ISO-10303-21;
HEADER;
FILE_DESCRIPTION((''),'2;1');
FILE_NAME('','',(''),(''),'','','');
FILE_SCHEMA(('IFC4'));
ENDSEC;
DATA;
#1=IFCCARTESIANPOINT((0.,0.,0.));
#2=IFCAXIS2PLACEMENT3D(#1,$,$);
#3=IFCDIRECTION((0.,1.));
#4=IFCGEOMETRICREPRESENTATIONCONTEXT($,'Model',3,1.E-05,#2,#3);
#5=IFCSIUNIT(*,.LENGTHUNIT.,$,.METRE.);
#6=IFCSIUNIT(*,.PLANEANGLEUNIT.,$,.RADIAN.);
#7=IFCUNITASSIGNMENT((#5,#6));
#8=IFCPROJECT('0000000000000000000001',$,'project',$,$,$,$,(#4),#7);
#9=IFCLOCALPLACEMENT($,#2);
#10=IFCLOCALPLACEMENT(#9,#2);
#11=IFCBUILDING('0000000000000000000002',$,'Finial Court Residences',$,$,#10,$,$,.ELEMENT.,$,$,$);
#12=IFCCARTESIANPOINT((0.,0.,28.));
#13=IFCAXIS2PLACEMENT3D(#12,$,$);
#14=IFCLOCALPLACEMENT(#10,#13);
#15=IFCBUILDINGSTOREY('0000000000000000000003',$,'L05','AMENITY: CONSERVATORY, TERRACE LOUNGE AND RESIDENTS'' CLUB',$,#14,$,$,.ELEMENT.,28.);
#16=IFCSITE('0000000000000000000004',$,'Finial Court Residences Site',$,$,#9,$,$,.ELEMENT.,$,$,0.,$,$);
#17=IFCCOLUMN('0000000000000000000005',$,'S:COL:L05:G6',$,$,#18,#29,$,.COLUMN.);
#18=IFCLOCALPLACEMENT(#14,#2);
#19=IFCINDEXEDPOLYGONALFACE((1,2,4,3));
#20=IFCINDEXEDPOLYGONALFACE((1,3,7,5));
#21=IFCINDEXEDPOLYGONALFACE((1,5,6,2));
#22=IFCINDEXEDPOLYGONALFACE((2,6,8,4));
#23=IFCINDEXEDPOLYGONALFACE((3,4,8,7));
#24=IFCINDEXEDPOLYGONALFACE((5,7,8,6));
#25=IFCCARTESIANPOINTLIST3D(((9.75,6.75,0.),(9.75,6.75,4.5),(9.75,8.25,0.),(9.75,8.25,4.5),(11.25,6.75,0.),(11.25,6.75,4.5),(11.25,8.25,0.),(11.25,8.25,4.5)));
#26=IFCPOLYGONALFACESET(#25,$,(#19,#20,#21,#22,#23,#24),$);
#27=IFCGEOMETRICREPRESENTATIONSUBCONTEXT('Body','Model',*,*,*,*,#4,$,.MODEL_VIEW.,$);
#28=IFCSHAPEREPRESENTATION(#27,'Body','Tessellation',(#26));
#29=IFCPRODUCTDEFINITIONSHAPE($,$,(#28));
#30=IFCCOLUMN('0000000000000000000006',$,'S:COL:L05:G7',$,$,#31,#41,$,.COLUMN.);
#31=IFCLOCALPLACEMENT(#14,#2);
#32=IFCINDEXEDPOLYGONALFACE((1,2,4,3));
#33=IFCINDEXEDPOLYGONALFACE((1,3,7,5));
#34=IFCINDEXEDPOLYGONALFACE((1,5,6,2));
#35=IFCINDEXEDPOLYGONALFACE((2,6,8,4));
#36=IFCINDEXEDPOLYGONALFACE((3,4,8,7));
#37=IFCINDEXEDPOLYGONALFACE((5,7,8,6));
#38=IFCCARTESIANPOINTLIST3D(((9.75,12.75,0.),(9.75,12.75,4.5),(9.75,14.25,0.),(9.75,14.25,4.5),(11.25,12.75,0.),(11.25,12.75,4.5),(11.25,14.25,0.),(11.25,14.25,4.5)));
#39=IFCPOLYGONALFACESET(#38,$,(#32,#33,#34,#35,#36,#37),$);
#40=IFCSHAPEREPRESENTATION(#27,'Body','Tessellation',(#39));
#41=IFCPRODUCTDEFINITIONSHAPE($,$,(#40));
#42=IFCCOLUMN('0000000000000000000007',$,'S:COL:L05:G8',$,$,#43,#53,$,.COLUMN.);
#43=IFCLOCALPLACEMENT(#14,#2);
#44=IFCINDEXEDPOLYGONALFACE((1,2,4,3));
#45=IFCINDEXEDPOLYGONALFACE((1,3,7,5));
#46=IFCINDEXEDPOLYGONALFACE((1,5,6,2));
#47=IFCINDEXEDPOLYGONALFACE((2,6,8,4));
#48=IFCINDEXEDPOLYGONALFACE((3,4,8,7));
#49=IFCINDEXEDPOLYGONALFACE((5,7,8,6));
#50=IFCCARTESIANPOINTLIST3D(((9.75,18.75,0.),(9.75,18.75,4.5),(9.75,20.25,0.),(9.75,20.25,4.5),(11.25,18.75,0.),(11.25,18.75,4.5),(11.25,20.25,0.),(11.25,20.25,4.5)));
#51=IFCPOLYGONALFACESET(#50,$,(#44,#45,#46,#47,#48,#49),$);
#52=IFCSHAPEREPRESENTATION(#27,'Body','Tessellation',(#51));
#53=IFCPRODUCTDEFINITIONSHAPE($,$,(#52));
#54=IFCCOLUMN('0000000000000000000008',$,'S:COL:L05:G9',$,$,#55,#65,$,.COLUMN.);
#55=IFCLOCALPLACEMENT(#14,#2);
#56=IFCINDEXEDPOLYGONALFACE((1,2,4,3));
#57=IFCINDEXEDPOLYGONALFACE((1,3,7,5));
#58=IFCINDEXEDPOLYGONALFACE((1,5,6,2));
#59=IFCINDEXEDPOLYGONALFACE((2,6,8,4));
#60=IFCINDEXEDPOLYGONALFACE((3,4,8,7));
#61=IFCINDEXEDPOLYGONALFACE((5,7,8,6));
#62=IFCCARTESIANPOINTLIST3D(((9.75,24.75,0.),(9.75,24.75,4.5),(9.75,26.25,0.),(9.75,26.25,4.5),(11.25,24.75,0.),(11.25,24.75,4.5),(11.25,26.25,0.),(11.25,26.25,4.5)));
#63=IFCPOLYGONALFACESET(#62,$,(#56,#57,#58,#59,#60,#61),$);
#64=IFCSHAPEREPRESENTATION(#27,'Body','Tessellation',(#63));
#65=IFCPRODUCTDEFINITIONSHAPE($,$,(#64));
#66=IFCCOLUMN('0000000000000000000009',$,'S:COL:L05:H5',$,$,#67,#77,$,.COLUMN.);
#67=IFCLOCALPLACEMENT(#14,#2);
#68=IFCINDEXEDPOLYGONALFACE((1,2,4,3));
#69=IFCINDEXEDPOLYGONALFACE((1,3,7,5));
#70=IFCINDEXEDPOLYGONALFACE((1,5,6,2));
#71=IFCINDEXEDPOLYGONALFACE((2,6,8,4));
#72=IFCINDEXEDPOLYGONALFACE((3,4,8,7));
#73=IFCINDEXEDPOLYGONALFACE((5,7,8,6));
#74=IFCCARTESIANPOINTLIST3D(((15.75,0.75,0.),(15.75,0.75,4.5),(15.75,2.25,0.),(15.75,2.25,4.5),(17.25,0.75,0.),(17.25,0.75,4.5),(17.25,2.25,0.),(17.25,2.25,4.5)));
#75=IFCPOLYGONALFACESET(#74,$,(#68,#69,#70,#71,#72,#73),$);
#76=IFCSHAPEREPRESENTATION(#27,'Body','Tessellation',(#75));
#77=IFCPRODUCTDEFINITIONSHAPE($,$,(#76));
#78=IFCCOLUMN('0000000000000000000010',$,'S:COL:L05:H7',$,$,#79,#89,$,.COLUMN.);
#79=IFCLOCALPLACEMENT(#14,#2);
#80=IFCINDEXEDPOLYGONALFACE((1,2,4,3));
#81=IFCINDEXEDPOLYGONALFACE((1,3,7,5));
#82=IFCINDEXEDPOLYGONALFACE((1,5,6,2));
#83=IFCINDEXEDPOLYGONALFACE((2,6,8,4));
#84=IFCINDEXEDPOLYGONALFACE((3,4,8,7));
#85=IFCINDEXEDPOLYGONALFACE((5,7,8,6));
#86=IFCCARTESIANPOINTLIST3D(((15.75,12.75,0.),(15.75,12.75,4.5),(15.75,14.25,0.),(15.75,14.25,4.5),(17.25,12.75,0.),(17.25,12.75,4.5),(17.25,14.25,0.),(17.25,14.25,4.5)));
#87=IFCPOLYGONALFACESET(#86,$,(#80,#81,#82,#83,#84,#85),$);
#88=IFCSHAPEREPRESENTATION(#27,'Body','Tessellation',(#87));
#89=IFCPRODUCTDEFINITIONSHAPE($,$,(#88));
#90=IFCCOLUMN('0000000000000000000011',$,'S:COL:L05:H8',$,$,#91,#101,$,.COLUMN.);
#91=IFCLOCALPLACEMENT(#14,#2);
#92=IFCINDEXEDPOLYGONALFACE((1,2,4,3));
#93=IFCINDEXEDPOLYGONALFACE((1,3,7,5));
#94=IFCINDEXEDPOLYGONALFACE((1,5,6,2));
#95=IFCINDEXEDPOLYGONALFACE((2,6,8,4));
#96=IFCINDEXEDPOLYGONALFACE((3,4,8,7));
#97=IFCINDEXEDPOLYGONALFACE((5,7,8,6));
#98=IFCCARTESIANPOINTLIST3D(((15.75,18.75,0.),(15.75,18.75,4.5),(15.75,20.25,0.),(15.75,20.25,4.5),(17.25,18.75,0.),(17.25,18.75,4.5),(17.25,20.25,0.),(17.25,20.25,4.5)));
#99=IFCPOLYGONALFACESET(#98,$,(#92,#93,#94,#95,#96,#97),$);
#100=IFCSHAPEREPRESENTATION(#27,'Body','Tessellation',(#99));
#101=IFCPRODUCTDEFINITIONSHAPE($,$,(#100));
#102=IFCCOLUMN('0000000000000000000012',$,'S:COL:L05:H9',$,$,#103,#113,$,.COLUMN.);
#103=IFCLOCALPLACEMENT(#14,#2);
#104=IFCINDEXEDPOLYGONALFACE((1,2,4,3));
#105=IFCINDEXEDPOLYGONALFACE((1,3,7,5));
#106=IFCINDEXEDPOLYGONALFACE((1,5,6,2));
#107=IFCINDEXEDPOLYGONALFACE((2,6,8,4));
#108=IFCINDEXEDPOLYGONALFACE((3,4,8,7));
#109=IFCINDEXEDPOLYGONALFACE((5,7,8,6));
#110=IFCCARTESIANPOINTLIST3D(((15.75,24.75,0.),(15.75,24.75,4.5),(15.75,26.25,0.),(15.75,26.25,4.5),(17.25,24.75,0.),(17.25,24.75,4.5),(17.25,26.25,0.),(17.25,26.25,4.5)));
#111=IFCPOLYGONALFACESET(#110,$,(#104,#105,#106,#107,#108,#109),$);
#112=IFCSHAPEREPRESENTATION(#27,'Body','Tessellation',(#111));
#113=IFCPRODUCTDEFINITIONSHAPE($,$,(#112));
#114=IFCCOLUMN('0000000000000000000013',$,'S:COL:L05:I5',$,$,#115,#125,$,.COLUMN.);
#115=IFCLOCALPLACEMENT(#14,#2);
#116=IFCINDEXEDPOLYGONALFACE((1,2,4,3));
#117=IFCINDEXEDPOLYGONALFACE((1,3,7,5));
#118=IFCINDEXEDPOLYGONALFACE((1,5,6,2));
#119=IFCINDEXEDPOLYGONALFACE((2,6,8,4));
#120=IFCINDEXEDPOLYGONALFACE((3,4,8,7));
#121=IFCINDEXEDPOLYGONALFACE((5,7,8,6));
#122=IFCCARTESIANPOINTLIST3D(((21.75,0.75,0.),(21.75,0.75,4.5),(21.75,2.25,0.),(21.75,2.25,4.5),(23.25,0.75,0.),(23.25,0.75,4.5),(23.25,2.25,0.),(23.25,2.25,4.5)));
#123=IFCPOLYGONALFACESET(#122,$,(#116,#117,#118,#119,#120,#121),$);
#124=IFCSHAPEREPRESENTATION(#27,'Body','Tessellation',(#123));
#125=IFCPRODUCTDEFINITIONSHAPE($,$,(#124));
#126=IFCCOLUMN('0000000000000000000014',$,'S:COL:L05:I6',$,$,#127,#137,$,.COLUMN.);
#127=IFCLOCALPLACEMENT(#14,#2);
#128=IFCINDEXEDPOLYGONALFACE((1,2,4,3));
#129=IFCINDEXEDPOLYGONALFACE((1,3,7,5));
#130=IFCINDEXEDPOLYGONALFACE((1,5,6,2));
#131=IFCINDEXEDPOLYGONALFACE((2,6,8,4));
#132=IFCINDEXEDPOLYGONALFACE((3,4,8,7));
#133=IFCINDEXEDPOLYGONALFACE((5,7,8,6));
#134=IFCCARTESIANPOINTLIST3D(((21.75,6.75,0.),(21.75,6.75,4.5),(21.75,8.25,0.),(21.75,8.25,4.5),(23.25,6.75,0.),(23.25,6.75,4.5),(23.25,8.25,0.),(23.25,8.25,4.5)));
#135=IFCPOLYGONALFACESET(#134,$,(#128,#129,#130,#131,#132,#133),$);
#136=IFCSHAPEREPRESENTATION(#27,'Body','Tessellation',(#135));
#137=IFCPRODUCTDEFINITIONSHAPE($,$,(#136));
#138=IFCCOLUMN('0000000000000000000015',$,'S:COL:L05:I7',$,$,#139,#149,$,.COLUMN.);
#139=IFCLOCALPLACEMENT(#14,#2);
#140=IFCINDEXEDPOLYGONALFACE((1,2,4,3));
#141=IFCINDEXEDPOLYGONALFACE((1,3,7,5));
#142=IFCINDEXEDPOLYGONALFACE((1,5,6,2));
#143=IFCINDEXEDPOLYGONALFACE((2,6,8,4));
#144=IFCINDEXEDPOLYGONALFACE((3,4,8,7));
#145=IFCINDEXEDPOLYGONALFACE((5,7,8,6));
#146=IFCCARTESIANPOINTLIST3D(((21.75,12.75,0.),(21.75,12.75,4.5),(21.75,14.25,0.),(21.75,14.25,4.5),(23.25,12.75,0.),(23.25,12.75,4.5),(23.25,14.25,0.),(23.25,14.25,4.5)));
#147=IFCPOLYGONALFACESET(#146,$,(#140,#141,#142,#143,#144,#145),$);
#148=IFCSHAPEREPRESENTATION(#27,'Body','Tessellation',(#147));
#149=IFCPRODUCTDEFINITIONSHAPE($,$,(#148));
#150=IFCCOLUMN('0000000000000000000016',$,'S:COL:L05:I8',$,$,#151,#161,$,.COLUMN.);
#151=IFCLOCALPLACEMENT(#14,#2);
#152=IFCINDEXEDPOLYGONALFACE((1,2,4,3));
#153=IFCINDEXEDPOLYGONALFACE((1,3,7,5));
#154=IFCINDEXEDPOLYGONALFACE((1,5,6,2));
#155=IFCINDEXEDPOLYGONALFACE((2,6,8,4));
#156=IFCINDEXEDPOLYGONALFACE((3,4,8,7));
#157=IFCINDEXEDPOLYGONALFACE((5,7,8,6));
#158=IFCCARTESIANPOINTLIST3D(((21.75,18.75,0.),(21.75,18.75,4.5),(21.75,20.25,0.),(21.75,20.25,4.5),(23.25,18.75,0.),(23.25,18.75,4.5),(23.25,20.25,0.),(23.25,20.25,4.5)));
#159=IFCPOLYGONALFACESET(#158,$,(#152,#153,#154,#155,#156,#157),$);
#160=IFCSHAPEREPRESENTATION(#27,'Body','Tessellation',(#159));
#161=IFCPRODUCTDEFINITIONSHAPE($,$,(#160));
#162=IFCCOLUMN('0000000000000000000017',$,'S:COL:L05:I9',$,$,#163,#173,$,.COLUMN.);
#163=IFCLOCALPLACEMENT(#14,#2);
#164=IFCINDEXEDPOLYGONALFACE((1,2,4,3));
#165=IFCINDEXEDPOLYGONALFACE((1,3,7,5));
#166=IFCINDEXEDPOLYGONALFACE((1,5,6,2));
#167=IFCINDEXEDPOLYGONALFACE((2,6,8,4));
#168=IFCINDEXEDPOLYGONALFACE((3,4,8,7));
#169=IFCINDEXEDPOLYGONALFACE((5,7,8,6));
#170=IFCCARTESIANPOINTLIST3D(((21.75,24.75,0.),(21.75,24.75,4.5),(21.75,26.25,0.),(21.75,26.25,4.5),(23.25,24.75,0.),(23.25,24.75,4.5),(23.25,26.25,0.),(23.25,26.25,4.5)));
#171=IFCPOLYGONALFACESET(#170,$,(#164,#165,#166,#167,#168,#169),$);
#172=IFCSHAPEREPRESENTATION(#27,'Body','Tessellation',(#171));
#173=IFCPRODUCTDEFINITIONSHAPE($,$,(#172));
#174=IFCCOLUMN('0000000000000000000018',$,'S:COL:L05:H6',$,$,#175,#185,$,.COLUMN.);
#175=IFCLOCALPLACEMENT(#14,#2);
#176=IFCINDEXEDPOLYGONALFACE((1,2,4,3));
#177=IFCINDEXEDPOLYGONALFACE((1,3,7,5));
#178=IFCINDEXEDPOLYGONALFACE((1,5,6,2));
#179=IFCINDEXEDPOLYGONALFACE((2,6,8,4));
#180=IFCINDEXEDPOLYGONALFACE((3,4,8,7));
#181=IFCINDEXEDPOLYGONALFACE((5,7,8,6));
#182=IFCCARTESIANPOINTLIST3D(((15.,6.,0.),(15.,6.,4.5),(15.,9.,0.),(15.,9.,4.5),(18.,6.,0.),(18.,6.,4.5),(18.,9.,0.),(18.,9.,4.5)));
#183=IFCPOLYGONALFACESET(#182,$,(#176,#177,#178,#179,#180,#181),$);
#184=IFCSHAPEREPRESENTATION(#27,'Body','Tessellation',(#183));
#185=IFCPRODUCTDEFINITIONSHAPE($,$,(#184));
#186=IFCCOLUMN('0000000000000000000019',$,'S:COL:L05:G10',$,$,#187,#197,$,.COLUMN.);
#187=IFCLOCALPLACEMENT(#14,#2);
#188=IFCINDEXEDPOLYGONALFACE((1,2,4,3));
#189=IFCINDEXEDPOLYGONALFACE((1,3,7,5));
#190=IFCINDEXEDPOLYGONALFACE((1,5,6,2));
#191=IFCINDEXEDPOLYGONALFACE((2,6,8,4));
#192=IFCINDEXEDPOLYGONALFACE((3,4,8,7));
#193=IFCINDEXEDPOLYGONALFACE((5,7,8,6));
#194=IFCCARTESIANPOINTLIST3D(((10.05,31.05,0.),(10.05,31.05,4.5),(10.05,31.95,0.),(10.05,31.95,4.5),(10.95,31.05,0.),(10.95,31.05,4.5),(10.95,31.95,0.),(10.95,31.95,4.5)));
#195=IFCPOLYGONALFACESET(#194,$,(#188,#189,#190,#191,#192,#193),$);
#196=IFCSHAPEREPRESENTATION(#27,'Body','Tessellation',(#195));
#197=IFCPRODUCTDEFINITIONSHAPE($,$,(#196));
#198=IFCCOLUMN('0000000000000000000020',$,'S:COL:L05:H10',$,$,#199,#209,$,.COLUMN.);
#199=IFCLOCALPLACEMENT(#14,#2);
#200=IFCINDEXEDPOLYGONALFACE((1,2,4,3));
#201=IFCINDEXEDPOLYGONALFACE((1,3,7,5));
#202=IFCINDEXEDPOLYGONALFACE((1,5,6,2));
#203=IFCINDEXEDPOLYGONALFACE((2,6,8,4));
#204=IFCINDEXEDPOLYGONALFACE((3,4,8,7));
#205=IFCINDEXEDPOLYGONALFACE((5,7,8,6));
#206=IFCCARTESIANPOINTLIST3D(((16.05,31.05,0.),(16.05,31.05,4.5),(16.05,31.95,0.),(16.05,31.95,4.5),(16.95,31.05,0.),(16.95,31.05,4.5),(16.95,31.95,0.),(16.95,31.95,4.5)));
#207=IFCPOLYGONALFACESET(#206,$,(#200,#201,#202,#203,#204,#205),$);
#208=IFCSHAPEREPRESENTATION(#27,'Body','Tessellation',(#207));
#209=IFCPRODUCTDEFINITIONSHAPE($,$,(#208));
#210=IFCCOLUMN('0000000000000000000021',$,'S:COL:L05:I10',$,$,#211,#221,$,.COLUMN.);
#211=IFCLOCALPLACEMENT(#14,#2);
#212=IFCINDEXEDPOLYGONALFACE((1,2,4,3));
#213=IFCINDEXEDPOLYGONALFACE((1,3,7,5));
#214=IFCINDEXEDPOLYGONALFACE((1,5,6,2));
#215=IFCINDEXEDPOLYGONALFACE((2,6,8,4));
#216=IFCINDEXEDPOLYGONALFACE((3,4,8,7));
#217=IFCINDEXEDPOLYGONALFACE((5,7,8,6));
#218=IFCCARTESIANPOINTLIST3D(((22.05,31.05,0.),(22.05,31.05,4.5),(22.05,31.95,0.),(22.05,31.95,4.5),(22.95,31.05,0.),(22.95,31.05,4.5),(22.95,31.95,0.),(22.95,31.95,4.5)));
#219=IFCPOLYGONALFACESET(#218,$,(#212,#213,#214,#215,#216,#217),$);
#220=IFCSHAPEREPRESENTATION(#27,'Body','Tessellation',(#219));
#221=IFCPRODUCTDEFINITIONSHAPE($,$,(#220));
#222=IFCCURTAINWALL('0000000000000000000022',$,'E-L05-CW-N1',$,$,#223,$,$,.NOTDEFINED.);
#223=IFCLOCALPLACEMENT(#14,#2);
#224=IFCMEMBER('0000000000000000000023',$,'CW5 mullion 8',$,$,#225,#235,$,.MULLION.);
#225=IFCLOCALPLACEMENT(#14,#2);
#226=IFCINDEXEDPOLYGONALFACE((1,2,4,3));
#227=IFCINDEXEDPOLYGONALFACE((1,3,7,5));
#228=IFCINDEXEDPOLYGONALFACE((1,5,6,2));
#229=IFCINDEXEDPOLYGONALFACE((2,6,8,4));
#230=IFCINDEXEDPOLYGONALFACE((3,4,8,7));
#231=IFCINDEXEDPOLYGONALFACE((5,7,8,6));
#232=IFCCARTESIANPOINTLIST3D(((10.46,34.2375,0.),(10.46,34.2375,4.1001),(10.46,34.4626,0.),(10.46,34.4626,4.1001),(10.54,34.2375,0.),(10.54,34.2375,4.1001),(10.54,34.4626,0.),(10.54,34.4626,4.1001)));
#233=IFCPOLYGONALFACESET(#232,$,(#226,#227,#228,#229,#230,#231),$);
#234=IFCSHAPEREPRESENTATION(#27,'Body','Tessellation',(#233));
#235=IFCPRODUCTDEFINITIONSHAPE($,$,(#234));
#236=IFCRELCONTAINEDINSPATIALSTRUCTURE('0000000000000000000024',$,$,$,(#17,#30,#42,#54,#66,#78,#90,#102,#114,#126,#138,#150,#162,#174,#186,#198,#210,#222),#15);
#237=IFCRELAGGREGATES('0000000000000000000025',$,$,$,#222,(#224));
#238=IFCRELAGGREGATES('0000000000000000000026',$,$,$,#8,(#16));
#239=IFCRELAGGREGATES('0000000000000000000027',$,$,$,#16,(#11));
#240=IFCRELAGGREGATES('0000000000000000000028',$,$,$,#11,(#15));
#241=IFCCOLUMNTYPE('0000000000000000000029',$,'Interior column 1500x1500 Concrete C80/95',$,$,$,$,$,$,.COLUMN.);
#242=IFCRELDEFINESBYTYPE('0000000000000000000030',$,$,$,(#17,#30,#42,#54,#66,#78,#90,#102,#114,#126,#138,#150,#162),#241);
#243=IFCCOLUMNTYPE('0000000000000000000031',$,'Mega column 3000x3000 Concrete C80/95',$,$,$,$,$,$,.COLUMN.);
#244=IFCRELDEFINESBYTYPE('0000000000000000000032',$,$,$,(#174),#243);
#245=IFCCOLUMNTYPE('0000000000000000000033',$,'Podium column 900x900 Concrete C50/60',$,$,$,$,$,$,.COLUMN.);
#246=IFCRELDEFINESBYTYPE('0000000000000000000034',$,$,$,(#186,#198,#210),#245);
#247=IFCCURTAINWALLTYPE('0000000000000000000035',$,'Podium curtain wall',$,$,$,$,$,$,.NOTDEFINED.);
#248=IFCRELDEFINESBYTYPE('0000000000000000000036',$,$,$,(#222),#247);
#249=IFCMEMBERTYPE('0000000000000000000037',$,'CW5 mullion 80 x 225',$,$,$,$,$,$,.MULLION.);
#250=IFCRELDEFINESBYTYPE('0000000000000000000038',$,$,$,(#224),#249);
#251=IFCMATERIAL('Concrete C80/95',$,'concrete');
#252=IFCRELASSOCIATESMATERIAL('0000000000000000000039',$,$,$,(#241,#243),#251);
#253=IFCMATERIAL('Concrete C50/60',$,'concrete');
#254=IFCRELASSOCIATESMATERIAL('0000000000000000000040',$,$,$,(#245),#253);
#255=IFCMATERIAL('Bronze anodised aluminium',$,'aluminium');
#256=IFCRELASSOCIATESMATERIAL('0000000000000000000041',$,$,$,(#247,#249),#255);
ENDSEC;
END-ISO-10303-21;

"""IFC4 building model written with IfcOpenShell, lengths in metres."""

from ifc_helpers import new_model, si_unit, direction, frame, origin, origin_2d, place, context, subcontext, project, spatial, rectangle, extrude, material, material_profile, profile_set, type_object, element, aggregate, save


model = new_model("IFC4")

# Units and contexts
model_context = context("Model", 3, precision=1e-05, world=origin(), true_north=direction((0.0, 1.0)))
body_context = subcontext(model_context, "Body", "Model", "MODEL_VIEW")
ifc_project = project(units=[si_unit("LENGTHUNIT", "METRE"), si_unit("PLANEANGLEUNIT", "RADIAN")], contexts=[model_context])

# Site, building, storey
site_placement = place(None, origin())
site = spatial("IfcSite", under=ifc_project, at=site_placement, Name="Finial Court Residences Site", CompositionType="ELEMENT", RefElevation=0.0)
building_placement = place(site_placement, origin())
building = spatial("IfcBuilding", under=site, at=building_placement, Name="Finial Court Residences", CompositionType="ELEMENT")
storey_placement = place(building_placement, frame((0.0, 0.0, 28.0)))
storey = spatial("IfcBuildingStorey", under=building, at=storey_placement, Name="L05", Description="AMENITY: CONSERVATORY, TERRACE LOUNGE AND RESIDENTS' CLUB", CompositionType="ELEMENT", Elevation=28.0)

# Columns
ifc_material_1 = material(Name="Concrete C80/95", Category="concrete")
ifc_material_profile_1 = material_profile(ifc_material_1, rectangle(XDim=1.5, YDim=1.5, at=origin_2d()), Name="1500x1500")
ifc_profile_set_1 = profile_set([ifc_material_profile_1], Name="Concrete C80/95")
column_type_1 = type_object("IfcColumnType", Name="Interior column 1500x1500 Concrete C80/95", PredefinedType="COLUMN", material=ifc_profile_set_1)
for number, where, z_axis, x_axis, name in (
    (1, (10.5, 7.5, 0.0), (0.0, 0.0, 1.0), (1.0, 0.0, 0.0), "S:COL:L05:G6"),
    (2, (10.5, 13.5, 0.0), (0.0, 0.0, 1.0), (1.0, 0.0, 0.0), "S:COL:L05:G7"),
    (3, (10.5, 19.5, 0.0), (0.0, 0.0, 1.0), (1.0, 0.0, 0.0), "S:COL:L05:G8"),
    (4, (10.5, 25.5, 0.0), (0.0, 0.0, 1.0), (1.0, 0.0, 0.0), "S:COL:L05:G9"),
    (5, (16.5, 1.5, 0.0), (0.0, 0.0, 1.0), (1.0, 0.0, 0.0), "S:COL:L05:H5"),
    (6, (16.5, 13.5, 0.0), (0.0, 0.0, 1.0), (1.0, 0.0, 0.0), "S:COL:L05:H7"),
    (7, (16.5, 19.5, 0.0), (0.0, 0.0, 1.0), (1.0, 0.0, 0.0), "S:COL:L05:H8"),
    (8, (16.5, 25.5, 0.0), (0.0, 0.0, 1.0), (1.0, 0.0, 0.0), "S:COL:L05:H9"),
    (9, (22.5, 1.5, 0.0), (0.0, 0.0, 1.0), (1.0, 0.0, 0.0), "S:COL:L05:I5"),
    (10, (22.5, 7.5, 0.0), (0.0, 0.0, 1.0), (1.0, 0.0, 0.0), "S:COL:L05:I6"),
    (11, (22.5, 13.5, 0.0), (0.0, 0.0, 1.0), (1.0, 0.0, 0.0), "S:COL:L05:I7"),
    (12, (22.5, 19.5, 0.0), (0.0, 0.0, 1.0), (1.0, 0.0, 0.0), "S:COL:L05:I8"),
    (13, (22.5, 25.5, 0.0), (0.0, 0.0, 1.0), (1.0, 0.0, 0.0), "S:COL:L05:I9"),
):
    element("IfcColumn", number, at=place(storey_placement, frame(where, z_axis=z_axis, x_axis=x_axis)), inside=storey, type_object=column_type_1, Name=name, PredefinedType="COLUMN", context=body_context, shape_type="SweptSolid", body=[
        extrude(rectangle(XDim=1.5, YDim=1.5, at=origin_2d()), origin(), (0.0, 0.0, 1.0), 4.5),
    ])
ifc_material_profile_2 = material_profile(ifc_material_1, rectangle(XDim=3.0, YDim=3.0, at=origin_2d()), Name="3000x3000")
ifc_profile_set_2 = profile_set([ifc_material_profile_2], Name="Concrete C80/95")
column_type_2 = type_object("IfcColumnType", Name="Mega column 3000x3000 Concrete C80/95", PredefinedType="COLUMN", material=ifc_profile_set_2)
column_placement = place(storey_placement, frame((16.5, 7.5, 0.0), z_axis=(0.0, 0.0, 1.0), x_axis=(1.0, 0.0, 0.0)))
element("IfcColumn", 14, at=column_placement, inside=storey, type_object=column_type_2, Name="S:COL:L05:H6", PredefinedType="COLUMN", context=body_context, shape_type="SweptSolid", body=[
    extrude(rectangle(XDim=3.0, YDim=3.0, at=origin_2d()), origin(), (0.0, 0.0, 1.0), 4.5),
])
ifc_material_2 = material(Name="Concrete C50/60", Category="concrete")
ifc_material_profile_3 = material_profile(ifc_material_2, rectangle(XDim=0.8999, YDim=0.8999, at=origin_2d()), Name="900x900")
ifc_profile_set_3 = profile_set([ifc_material_profile_3], Name="Concrete C50/60")
column_type_3 = type_object("IfcColumnType", Name="Podium column 900x900 Concrete C50/60", PredefinedType="COLUMN", material=ifc_profile_set_3)
for number, where, z_axis, x_axis, name in (
    (15, (10.5, 31.5, 0.0), (0.0, 0.0, 1.0), (1.0, 0.0, 0.0), "S:COL:L05:G10"),
    (16, (16.5, 31.5, 0.0), (0.0, 0.0, 1.0), (1.0, 0.0, 0.0), "S:COL:L05:H10"),
    (17, (22.5, 31.5, 0.0), (0.0, 0.0, 1.0), (1.0, 0.0, 0.0), "S:COL:L05:I10"),
):
    element("IfcColumn", number, at=place(storey_placement, frame(where, z_axis=z_axis, x_axis=x_axis)), inside=storey, type_object=column_type_3, Name=name, PredefinedType="COLUMN", context=body_context, shape_type="SweptSolid", body=[
        extrude(rectangle(XDim=0.8999, YDim=0.8999, at=origin_2d()), origin(), (0.0, 0.0, 1.0), 4.5),
    ])

# Curtain wall, member
ifc_material_3 = material(Name="Bronze anodised aluminium", Category="aluminium")
curtain_wall_type = type_object("IfcCurtainWallType", Name="Podium curtain wall", PredefinedType="NOTDEFINED", material=ifc_material_3)
curtain_wall_placement = place(storey_placement, origin())
curtain_wall = element("IfcCurtainWall", 18, at=curtain_wall_placement, inside=storey, type_object=curtain_wall_type, Name="E-L05-CW-N1", PredefinedType="NOTDEFINED")
ifc_material_profile_4 = material_profile(ifc_material_3, rectangle(XDim=0.2251, YDim=0.0801, at=origin_2d()), Name="CW5 mullion 80 x 225")
ifc_profile_set_4 = profile_set([ifc_material_profile_4], Name="Bronze anodised aluminium")
member_type_1 = type_object("IfcMemberType", Name="CW5 mullion 80 x 225", PredefinedType="MULLION", material=ifc_profile_set_4)
member_1_placement = place(storey_placement, frame((10.5, 34.3501, 0.0), z_axis=(0.0, 0.0, 1.0), x_axis=(0.0, 1.0, 0.0)))
member_1 = element("IfcMember", 19, at=member_1_placement, type_object=member_type_1, Name="CW5 mullion 8", PredefinedType="MULLION", context=body_context, shape_type="SweptSolid", body=[
    extrude(rectangle(XDim=0.2251, YDim=0.0801, at=origin_2d()), origin(), (0.0, 0.0, 1.0), 4.1001),
])
aggregate(curtain_wall, [member_1])

save(model, "model.ifc")
